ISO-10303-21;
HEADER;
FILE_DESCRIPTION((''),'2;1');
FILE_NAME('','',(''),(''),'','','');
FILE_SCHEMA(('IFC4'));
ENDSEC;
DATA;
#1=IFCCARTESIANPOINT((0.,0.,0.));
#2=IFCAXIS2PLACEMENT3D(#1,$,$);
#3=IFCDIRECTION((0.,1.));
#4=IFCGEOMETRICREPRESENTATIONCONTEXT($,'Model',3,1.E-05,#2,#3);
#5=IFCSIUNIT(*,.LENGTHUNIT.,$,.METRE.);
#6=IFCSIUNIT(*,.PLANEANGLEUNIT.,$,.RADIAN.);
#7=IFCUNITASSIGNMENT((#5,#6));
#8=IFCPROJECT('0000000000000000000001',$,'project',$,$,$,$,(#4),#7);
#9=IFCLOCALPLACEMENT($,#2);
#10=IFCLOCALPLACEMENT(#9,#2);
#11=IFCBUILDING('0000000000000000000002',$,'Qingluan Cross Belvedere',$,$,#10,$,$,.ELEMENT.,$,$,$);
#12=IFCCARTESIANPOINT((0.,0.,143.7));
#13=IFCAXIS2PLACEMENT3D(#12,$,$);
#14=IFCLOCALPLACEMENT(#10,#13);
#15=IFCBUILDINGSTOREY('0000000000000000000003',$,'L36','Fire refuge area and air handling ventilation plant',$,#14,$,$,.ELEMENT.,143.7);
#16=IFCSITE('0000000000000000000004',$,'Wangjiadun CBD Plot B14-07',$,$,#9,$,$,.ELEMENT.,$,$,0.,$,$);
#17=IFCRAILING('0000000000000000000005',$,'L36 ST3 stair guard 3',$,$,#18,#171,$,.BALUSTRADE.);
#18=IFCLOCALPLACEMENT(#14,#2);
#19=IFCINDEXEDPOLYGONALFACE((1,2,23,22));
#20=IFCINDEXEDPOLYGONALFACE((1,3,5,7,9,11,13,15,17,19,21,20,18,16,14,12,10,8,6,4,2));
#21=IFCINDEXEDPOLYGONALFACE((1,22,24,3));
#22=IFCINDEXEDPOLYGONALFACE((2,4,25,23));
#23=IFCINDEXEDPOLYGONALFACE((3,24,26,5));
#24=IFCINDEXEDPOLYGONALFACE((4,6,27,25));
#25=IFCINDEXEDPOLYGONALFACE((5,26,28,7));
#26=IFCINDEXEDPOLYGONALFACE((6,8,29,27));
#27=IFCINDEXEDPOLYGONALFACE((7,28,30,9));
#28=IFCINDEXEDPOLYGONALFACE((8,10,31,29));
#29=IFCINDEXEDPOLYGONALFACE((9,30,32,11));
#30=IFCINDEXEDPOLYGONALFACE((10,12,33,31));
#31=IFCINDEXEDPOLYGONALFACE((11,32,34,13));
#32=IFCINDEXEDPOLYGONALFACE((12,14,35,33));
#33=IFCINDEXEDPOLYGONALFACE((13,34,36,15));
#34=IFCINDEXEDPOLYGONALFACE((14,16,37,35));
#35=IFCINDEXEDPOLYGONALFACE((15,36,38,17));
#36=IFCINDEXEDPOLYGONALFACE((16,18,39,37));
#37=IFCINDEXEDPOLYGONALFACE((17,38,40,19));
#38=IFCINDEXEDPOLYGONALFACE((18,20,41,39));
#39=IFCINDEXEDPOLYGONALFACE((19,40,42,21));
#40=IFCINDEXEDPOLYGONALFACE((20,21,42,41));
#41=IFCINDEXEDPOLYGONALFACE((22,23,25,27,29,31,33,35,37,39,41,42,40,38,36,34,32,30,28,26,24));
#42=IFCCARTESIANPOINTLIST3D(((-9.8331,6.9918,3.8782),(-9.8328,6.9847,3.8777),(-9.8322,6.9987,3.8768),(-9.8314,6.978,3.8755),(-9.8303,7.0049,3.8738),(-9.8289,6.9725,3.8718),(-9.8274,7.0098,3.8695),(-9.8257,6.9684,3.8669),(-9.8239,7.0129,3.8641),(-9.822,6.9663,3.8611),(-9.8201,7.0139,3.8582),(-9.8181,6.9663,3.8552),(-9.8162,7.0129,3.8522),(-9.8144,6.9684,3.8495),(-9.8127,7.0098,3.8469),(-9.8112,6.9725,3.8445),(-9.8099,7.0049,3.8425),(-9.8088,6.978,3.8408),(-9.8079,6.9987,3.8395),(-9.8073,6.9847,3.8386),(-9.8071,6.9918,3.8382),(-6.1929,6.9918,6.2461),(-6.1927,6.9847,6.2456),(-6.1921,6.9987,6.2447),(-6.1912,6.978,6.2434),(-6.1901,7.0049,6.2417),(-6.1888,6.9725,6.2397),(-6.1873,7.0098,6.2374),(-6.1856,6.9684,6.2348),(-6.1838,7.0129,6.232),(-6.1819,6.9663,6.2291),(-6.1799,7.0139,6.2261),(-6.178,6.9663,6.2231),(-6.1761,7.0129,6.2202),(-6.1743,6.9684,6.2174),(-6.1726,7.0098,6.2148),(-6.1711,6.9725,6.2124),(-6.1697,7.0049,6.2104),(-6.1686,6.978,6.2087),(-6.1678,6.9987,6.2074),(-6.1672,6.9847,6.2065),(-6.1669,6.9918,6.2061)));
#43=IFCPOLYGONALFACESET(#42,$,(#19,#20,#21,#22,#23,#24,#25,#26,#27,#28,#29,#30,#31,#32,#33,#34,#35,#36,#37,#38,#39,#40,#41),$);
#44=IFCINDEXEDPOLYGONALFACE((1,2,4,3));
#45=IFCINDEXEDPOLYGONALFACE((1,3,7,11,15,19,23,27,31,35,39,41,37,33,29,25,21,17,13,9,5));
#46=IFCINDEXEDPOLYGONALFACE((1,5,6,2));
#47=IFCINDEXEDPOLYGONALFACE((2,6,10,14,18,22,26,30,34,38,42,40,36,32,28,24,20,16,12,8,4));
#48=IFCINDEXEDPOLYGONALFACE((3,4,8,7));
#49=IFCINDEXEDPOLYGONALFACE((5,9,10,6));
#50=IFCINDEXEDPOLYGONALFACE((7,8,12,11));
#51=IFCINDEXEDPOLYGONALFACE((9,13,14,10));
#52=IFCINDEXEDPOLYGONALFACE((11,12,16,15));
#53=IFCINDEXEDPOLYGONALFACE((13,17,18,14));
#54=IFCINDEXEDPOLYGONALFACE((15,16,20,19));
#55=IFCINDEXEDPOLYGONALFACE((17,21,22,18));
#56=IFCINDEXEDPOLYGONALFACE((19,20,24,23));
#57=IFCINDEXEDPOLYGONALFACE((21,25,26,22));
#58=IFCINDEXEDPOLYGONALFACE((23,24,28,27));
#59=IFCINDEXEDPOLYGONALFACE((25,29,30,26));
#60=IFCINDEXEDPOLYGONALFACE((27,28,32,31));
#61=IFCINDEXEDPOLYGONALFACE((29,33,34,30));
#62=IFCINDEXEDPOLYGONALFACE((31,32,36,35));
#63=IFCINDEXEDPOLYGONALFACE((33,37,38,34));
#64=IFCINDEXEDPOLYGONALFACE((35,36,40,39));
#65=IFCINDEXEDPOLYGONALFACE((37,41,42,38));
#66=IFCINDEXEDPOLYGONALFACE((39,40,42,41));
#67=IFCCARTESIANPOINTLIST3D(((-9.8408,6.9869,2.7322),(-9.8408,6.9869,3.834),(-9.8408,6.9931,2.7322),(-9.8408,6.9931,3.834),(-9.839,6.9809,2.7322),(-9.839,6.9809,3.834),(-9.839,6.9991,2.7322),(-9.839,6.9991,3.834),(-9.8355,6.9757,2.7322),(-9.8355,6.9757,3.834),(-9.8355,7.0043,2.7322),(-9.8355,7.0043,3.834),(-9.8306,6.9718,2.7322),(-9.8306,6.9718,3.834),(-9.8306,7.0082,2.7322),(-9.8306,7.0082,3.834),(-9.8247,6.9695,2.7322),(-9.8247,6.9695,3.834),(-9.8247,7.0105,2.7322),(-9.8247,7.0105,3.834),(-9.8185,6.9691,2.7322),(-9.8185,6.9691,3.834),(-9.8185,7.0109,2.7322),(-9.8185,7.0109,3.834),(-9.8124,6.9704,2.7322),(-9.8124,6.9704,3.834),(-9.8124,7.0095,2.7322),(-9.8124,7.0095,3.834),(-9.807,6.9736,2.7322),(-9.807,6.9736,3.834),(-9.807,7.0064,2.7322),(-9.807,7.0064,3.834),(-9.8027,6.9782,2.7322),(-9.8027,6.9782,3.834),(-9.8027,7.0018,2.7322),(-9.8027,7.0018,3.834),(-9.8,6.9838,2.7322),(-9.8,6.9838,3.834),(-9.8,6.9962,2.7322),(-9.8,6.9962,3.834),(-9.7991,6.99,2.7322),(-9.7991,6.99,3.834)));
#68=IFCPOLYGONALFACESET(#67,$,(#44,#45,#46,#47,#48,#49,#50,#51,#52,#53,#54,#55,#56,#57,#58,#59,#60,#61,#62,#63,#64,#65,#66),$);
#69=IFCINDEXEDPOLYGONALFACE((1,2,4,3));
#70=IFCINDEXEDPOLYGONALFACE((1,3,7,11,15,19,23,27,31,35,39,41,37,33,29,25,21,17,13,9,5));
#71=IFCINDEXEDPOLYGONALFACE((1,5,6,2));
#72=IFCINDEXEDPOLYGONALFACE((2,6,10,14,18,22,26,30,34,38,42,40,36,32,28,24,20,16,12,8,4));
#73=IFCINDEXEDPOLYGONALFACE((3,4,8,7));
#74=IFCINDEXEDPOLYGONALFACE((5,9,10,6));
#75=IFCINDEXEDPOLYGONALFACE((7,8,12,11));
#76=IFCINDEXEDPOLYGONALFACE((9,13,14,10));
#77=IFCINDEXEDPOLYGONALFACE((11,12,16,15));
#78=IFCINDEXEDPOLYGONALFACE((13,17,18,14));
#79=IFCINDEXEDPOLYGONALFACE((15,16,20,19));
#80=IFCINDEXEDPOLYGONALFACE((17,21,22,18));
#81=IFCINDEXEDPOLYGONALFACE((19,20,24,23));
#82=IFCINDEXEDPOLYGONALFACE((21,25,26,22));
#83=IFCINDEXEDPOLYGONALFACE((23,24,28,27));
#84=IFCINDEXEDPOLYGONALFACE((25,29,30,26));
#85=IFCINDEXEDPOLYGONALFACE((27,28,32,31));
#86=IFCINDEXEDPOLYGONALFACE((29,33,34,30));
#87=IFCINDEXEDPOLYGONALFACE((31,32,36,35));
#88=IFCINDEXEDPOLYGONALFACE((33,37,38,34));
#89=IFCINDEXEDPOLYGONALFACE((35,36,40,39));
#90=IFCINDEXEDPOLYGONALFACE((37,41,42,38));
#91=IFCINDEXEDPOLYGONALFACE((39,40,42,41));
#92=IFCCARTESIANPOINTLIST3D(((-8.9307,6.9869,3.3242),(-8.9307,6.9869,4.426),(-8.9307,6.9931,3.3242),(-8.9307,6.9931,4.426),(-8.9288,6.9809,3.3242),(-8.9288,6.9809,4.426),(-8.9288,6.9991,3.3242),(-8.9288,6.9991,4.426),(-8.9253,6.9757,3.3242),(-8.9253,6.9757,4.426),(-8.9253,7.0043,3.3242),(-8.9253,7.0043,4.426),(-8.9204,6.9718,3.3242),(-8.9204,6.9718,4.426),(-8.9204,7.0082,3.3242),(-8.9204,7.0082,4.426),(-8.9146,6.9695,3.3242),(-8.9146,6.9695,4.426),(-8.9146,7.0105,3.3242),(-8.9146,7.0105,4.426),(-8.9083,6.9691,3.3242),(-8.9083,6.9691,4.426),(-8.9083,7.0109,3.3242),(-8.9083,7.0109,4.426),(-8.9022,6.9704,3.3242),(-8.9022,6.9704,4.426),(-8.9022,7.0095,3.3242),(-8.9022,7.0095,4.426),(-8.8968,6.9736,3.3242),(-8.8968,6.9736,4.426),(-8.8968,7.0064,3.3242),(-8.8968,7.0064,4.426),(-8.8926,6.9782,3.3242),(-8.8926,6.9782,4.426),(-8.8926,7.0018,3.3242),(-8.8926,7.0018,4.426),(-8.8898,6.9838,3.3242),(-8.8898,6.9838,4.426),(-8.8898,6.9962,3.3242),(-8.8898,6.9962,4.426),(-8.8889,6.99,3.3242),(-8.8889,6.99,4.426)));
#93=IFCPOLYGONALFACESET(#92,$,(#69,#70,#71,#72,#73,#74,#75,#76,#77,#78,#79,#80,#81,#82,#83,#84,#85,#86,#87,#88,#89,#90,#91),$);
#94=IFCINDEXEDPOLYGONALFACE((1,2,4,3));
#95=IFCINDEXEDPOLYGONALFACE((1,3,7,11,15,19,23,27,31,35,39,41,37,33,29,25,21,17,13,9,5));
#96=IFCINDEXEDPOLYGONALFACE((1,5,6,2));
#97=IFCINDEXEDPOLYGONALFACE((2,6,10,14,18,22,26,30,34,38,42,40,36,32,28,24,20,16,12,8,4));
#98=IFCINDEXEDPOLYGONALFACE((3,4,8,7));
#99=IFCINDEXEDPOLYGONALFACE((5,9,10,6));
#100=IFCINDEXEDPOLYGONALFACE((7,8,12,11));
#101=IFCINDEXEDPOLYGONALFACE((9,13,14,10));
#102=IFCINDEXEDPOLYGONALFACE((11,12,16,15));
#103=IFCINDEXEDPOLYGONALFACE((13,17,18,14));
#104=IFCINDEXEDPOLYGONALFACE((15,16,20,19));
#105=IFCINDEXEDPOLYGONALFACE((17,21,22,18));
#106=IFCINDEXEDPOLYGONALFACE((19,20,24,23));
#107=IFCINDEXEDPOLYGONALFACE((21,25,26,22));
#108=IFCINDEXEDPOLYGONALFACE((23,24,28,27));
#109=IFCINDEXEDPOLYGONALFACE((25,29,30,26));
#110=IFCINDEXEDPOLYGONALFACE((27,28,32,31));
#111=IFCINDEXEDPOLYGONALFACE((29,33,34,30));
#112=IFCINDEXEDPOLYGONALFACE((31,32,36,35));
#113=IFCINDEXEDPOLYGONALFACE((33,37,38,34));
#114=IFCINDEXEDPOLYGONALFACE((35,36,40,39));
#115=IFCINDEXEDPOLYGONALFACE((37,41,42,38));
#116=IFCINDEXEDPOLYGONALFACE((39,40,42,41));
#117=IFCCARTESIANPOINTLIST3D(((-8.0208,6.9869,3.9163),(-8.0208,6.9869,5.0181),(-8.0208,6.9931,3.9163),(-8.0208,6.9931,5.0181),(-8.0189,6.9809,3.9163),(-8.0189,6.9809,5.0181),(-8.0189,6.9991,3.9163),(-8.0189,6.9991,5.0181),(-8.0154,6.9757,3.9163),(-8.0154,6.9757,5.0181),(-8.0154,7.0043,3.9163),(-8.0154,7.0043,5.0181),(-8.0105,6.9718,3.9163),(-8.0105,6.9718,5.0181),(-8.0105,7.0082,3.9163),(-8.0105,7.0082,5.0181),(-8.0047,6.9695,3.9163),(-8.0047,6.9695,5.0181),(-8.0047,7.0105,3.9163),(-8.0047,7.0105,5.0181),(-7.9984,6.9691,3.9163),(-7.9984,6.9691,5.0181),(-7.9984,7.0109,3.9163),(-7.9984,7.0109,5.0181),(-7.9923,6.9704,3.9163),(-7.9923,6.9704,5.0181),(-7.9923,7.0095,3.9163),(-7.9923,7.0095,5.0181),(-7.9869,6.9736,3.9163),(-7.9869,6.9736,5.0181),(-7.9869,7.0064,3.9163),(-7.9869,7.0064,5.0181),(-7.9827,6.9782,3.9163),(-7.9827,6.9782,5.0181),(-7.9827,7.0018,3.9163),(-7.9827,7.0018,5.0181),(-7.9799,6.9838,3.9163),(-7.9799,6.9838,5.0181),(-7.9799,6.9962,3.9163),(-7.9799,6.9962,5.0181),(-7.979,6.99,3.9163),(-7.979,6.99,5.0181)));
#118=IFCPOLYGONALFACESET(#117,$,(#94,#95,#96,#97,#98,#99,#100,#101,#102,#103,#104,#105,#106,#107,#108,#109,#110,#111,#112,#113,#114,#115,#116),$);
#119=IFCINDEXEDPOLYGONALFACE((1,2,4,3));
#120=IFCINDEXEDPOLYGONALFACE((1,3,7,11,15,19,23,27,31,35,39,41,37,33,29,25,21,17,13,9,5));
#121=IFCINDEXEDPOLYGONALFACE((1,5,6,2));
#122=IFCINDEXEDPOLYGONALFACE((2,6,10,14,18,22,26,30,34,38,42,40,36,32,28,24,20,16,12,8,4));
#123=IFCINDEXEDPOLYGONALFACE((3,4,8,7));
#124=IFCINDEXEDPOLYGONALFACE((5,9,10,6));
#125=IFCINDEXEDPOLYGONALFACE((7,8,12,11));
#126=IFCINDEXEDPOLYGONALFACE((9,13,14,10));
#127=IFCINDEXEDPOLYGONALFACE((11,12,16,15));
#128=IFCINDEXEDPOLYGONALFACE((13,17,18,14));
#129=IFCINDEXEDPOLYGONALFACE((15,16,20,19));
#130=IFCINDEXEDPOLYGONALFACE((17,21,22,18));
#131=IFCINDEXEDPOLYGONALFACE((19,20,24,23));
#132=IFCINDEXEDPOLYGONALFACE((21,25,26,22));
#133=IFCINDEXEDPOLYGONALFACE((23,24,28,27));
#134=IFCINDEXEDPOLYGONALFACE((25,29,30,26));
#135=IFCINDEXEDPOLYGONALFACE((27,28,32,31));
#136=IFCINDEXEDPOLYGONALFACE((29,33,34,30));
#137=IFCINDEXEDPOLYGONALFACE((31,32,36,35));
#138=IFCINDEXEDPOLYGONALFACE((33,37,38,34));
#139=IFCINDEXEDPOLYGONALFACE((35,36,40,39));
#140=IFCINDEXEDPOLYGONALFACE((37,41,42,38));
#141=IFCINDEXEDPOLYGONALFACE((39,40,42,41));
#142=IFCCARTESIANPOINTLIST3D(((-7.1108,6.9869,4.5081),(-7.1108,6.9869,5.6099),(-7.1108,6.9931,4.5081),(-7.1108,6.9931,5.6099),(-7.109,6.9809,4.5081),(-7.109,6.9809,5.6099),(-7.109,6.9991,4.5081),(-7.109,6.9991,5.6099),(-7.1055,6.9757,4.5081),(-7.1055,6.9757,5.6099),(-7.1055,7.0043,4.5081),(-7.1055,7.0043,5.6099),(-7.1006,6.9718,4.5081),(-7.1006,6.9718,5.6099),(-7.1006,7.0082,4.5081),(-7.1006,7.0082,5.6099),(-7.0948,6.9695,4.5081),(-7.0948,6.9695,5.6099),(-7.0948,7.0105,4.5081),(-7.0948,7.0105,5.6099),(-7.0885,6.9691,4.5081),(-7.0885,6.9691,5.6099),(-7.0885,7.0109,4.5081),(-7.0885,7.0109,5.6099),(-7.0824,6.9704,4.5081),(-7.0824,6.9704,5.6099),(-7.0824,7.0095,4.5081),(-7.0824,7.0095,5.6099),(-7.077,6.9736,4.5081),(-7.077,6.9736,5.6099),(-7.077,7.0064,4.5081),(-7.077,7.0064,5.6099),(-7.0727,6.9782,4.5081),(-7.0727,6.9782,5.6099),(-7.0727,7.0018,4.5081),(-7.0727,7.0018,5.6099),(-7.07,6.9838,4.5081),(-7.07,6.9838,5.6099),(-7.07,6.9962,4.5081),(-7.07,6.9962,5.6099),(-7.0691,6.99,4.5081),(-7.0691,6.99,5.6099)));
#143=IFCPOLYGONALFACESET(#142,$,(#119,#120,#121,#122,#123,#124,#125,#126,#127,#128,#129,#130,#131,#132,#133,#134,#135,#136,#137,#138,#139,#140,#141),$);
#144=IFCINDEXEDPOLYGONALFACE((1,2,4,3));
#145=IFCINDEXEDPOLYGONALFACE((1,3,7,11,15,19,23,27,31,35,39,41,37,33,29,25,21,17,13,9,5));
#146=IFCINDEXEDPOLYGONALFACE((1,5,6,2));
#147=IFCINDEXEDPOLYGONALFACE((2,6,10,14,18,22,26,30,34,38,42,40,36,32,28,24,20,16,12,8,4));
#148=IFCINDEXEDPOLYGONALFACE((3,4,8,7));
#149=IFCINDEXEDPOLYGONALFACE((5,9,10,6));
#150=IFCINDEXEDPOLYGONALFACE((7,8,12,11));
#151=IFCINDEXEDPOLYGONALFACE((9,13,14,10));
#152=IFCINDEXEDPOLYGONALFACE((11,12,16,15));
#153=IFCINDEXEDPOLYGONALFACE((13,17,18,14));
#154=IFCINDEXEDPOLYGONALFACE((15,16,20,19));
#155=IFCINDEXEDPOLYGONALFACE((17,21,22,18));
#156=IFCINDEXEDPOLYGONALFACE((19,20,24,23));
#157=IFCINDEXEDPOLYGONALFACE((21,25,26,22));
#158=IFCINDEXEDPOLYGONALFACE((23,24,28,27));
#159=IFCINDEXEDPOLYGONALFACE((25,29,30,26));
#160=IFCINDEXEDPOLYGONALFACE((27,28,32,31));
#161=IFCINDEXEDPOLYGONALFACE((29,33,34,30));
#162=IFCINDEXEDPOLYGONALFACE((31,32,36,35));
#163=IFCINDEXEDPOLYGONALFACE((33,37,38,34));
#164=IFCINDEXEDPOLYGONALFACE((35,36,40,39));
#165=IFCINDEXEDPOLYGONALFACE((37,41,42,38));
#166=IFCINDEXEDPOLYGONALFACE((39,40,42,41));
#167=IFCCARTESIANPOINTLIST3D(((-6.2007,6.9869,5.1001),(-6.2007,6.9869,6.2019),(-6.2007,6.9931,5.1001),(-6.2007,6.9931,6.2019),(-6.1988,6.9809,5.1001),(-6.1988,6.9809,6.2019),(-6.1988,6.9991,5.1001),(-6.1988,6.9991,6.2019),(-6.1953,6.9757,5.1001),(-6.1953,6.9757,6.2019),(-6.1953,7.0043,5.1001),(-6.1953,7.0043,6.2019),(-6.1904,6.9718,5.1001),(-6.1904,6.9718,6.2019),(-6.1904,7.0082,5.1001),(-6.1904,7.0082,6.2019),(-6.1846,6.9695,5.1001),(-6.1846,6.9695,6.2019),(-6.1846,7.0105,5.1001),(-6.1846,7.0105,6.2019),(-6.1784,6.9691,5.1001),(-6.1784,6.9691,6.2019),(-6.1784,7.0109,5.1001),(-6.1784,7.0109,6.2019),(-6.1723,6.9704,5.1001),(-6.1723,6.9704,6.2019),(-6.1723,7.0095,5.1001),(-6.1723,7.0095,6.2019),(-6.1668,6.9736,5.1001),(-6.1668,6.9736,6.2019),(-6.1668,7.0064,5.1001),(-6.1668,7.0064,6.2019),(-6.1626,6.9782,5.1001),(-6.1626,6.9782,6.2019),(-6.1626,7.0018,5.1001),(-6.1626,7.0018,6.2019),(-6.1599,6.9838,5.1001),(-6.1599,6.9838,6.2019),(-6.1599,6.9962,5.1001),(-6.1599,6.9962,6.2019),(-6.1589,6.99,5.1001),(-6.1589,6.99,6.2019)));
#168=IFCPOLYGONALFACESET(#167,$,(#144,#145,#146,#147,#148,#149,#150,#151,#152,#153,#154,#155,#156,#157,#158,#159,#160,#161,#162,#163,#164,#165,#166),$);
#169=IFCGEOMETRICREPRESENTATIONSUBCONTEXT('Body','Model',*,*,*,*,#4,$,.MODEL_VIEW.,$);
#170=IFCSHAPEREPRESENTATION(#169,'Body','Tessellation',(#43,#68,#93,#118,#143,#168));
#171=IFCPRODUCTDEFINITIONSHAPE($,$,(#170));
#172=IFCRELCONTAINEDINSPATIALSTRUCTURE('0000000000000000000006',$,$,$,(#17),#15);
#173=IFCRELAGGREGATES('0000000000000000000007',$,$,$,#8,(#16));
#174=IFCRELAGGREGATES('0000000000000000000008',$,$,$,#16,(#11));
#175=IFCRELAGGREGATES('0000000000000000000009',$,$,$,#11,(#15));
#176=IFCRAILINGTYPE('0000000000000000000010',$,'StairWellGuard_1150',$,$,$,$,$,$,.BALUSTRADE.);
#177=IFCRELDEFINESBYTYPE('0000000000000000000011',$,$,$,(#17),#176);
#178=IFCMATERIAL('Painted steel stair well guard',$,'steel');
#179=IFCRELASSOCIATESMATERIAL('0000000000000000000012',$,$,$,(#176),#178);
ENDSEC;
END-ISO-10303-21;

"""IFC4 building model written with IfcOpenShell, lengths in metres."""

from ifc_helpers import new_model, si_unit, direction, frame, origin, origin_2d, place, context, subcontext, project, spatial, circle, extrude, material, type_object, element, save


model = new_model("IFC4")

# Units and contexts
model_context = context("Model", 3, precision=1e-05, world=origin(), true_north=direction((0.0, 1.0)))
body_context = subcontext(model_context, "Body", "Model", "MODEL_VIEW")
ifc_project = project(units=[si_unit("LENGTHUNIT", "METRE"), si_unit("PLANEANGLEUNIT", "RADIAN")], contexts=[model_context])

# Site, building, storey
site_placement = place(None, origin())
site = spatial("IfcSite", under=ifc_project, at=site_placement, Name="Wangjiadun CBD Plot B14-07", CompositionType="ELEMENT", RefElevation=0.0)
building_placement = place(site_placement, origin())
building = spatial("IfcBuilding", under=site, at=building_placement, Name="Qingluan Cross Belvedere", CompositionType="ELEMENT")
storey_placement = place(building_placement, frame((0.0, 0.0, 143.7)))
storey = spatial("IfcBuildingStorey", under=building, at=storey_placement, Name="L36", Description="Fire refuge area and air handling ventilation plant", CompositionType="ELEMENT", Elevation=143.7)

# Railing
ifc_material_1 = material(Name="Painted steel stair well guard", Category="steel")
railing_type_1 = type_object("IfcRailingType", Name="StairWellGuard_1150", PredefinedType="BALUSTRADE", material=ifc_material_1)
railing_1_placement = place(storey_placement, frame((-9.8201, 6.99, 2.7322)))
element("IfcRailing", 1, at=railing_1_placement, inside=storey, type_object=railing_type_1, Name="L36 ST3 stair guard 3", PredefinedType="BALUSTRADE", context=body_context, shape_type="SweptSolid", body=[
    extrude(circle(Radius=0.0239, at=origin_2d()), frame((0.0, 0.0, 1.126), z_axis=(0.838251, 0.0, 0.545285), x_axis=(0.0, 1.0, 0.0)), (0.0, 0.0, 1.0), 4.3425),
    extrude(circle(Radius=0.021, at=origin_2d()), origin(), (0.0, 0.0, 1.0), 1.1018),
    extrude(circle(Radius=0.021, at=origin_2d()), frame((0.9102, 0.0, 0.592)), (0.0, 0.0, 1.0), 1.1018),
    extrude(circle(Radius=0.021, at=origin_2d()), frame((1.8201, 0.0, 1.1841)), (0.0, 0.0, 1.0), 1.1018),
    extrude(circle(Radius=0.021, at=origin_2d()), frame((2.73, 0.0, 1.7759)), (0.0, 0.0, 1.0), 1.1018),
    extrude(circle(Radius=0.021, at=origin_2d()), frame((3.6401, 0.0, 2.3679)), (0.0, 0.0, 1.0), 1.1018),
])

save(model, "model.ifc")
